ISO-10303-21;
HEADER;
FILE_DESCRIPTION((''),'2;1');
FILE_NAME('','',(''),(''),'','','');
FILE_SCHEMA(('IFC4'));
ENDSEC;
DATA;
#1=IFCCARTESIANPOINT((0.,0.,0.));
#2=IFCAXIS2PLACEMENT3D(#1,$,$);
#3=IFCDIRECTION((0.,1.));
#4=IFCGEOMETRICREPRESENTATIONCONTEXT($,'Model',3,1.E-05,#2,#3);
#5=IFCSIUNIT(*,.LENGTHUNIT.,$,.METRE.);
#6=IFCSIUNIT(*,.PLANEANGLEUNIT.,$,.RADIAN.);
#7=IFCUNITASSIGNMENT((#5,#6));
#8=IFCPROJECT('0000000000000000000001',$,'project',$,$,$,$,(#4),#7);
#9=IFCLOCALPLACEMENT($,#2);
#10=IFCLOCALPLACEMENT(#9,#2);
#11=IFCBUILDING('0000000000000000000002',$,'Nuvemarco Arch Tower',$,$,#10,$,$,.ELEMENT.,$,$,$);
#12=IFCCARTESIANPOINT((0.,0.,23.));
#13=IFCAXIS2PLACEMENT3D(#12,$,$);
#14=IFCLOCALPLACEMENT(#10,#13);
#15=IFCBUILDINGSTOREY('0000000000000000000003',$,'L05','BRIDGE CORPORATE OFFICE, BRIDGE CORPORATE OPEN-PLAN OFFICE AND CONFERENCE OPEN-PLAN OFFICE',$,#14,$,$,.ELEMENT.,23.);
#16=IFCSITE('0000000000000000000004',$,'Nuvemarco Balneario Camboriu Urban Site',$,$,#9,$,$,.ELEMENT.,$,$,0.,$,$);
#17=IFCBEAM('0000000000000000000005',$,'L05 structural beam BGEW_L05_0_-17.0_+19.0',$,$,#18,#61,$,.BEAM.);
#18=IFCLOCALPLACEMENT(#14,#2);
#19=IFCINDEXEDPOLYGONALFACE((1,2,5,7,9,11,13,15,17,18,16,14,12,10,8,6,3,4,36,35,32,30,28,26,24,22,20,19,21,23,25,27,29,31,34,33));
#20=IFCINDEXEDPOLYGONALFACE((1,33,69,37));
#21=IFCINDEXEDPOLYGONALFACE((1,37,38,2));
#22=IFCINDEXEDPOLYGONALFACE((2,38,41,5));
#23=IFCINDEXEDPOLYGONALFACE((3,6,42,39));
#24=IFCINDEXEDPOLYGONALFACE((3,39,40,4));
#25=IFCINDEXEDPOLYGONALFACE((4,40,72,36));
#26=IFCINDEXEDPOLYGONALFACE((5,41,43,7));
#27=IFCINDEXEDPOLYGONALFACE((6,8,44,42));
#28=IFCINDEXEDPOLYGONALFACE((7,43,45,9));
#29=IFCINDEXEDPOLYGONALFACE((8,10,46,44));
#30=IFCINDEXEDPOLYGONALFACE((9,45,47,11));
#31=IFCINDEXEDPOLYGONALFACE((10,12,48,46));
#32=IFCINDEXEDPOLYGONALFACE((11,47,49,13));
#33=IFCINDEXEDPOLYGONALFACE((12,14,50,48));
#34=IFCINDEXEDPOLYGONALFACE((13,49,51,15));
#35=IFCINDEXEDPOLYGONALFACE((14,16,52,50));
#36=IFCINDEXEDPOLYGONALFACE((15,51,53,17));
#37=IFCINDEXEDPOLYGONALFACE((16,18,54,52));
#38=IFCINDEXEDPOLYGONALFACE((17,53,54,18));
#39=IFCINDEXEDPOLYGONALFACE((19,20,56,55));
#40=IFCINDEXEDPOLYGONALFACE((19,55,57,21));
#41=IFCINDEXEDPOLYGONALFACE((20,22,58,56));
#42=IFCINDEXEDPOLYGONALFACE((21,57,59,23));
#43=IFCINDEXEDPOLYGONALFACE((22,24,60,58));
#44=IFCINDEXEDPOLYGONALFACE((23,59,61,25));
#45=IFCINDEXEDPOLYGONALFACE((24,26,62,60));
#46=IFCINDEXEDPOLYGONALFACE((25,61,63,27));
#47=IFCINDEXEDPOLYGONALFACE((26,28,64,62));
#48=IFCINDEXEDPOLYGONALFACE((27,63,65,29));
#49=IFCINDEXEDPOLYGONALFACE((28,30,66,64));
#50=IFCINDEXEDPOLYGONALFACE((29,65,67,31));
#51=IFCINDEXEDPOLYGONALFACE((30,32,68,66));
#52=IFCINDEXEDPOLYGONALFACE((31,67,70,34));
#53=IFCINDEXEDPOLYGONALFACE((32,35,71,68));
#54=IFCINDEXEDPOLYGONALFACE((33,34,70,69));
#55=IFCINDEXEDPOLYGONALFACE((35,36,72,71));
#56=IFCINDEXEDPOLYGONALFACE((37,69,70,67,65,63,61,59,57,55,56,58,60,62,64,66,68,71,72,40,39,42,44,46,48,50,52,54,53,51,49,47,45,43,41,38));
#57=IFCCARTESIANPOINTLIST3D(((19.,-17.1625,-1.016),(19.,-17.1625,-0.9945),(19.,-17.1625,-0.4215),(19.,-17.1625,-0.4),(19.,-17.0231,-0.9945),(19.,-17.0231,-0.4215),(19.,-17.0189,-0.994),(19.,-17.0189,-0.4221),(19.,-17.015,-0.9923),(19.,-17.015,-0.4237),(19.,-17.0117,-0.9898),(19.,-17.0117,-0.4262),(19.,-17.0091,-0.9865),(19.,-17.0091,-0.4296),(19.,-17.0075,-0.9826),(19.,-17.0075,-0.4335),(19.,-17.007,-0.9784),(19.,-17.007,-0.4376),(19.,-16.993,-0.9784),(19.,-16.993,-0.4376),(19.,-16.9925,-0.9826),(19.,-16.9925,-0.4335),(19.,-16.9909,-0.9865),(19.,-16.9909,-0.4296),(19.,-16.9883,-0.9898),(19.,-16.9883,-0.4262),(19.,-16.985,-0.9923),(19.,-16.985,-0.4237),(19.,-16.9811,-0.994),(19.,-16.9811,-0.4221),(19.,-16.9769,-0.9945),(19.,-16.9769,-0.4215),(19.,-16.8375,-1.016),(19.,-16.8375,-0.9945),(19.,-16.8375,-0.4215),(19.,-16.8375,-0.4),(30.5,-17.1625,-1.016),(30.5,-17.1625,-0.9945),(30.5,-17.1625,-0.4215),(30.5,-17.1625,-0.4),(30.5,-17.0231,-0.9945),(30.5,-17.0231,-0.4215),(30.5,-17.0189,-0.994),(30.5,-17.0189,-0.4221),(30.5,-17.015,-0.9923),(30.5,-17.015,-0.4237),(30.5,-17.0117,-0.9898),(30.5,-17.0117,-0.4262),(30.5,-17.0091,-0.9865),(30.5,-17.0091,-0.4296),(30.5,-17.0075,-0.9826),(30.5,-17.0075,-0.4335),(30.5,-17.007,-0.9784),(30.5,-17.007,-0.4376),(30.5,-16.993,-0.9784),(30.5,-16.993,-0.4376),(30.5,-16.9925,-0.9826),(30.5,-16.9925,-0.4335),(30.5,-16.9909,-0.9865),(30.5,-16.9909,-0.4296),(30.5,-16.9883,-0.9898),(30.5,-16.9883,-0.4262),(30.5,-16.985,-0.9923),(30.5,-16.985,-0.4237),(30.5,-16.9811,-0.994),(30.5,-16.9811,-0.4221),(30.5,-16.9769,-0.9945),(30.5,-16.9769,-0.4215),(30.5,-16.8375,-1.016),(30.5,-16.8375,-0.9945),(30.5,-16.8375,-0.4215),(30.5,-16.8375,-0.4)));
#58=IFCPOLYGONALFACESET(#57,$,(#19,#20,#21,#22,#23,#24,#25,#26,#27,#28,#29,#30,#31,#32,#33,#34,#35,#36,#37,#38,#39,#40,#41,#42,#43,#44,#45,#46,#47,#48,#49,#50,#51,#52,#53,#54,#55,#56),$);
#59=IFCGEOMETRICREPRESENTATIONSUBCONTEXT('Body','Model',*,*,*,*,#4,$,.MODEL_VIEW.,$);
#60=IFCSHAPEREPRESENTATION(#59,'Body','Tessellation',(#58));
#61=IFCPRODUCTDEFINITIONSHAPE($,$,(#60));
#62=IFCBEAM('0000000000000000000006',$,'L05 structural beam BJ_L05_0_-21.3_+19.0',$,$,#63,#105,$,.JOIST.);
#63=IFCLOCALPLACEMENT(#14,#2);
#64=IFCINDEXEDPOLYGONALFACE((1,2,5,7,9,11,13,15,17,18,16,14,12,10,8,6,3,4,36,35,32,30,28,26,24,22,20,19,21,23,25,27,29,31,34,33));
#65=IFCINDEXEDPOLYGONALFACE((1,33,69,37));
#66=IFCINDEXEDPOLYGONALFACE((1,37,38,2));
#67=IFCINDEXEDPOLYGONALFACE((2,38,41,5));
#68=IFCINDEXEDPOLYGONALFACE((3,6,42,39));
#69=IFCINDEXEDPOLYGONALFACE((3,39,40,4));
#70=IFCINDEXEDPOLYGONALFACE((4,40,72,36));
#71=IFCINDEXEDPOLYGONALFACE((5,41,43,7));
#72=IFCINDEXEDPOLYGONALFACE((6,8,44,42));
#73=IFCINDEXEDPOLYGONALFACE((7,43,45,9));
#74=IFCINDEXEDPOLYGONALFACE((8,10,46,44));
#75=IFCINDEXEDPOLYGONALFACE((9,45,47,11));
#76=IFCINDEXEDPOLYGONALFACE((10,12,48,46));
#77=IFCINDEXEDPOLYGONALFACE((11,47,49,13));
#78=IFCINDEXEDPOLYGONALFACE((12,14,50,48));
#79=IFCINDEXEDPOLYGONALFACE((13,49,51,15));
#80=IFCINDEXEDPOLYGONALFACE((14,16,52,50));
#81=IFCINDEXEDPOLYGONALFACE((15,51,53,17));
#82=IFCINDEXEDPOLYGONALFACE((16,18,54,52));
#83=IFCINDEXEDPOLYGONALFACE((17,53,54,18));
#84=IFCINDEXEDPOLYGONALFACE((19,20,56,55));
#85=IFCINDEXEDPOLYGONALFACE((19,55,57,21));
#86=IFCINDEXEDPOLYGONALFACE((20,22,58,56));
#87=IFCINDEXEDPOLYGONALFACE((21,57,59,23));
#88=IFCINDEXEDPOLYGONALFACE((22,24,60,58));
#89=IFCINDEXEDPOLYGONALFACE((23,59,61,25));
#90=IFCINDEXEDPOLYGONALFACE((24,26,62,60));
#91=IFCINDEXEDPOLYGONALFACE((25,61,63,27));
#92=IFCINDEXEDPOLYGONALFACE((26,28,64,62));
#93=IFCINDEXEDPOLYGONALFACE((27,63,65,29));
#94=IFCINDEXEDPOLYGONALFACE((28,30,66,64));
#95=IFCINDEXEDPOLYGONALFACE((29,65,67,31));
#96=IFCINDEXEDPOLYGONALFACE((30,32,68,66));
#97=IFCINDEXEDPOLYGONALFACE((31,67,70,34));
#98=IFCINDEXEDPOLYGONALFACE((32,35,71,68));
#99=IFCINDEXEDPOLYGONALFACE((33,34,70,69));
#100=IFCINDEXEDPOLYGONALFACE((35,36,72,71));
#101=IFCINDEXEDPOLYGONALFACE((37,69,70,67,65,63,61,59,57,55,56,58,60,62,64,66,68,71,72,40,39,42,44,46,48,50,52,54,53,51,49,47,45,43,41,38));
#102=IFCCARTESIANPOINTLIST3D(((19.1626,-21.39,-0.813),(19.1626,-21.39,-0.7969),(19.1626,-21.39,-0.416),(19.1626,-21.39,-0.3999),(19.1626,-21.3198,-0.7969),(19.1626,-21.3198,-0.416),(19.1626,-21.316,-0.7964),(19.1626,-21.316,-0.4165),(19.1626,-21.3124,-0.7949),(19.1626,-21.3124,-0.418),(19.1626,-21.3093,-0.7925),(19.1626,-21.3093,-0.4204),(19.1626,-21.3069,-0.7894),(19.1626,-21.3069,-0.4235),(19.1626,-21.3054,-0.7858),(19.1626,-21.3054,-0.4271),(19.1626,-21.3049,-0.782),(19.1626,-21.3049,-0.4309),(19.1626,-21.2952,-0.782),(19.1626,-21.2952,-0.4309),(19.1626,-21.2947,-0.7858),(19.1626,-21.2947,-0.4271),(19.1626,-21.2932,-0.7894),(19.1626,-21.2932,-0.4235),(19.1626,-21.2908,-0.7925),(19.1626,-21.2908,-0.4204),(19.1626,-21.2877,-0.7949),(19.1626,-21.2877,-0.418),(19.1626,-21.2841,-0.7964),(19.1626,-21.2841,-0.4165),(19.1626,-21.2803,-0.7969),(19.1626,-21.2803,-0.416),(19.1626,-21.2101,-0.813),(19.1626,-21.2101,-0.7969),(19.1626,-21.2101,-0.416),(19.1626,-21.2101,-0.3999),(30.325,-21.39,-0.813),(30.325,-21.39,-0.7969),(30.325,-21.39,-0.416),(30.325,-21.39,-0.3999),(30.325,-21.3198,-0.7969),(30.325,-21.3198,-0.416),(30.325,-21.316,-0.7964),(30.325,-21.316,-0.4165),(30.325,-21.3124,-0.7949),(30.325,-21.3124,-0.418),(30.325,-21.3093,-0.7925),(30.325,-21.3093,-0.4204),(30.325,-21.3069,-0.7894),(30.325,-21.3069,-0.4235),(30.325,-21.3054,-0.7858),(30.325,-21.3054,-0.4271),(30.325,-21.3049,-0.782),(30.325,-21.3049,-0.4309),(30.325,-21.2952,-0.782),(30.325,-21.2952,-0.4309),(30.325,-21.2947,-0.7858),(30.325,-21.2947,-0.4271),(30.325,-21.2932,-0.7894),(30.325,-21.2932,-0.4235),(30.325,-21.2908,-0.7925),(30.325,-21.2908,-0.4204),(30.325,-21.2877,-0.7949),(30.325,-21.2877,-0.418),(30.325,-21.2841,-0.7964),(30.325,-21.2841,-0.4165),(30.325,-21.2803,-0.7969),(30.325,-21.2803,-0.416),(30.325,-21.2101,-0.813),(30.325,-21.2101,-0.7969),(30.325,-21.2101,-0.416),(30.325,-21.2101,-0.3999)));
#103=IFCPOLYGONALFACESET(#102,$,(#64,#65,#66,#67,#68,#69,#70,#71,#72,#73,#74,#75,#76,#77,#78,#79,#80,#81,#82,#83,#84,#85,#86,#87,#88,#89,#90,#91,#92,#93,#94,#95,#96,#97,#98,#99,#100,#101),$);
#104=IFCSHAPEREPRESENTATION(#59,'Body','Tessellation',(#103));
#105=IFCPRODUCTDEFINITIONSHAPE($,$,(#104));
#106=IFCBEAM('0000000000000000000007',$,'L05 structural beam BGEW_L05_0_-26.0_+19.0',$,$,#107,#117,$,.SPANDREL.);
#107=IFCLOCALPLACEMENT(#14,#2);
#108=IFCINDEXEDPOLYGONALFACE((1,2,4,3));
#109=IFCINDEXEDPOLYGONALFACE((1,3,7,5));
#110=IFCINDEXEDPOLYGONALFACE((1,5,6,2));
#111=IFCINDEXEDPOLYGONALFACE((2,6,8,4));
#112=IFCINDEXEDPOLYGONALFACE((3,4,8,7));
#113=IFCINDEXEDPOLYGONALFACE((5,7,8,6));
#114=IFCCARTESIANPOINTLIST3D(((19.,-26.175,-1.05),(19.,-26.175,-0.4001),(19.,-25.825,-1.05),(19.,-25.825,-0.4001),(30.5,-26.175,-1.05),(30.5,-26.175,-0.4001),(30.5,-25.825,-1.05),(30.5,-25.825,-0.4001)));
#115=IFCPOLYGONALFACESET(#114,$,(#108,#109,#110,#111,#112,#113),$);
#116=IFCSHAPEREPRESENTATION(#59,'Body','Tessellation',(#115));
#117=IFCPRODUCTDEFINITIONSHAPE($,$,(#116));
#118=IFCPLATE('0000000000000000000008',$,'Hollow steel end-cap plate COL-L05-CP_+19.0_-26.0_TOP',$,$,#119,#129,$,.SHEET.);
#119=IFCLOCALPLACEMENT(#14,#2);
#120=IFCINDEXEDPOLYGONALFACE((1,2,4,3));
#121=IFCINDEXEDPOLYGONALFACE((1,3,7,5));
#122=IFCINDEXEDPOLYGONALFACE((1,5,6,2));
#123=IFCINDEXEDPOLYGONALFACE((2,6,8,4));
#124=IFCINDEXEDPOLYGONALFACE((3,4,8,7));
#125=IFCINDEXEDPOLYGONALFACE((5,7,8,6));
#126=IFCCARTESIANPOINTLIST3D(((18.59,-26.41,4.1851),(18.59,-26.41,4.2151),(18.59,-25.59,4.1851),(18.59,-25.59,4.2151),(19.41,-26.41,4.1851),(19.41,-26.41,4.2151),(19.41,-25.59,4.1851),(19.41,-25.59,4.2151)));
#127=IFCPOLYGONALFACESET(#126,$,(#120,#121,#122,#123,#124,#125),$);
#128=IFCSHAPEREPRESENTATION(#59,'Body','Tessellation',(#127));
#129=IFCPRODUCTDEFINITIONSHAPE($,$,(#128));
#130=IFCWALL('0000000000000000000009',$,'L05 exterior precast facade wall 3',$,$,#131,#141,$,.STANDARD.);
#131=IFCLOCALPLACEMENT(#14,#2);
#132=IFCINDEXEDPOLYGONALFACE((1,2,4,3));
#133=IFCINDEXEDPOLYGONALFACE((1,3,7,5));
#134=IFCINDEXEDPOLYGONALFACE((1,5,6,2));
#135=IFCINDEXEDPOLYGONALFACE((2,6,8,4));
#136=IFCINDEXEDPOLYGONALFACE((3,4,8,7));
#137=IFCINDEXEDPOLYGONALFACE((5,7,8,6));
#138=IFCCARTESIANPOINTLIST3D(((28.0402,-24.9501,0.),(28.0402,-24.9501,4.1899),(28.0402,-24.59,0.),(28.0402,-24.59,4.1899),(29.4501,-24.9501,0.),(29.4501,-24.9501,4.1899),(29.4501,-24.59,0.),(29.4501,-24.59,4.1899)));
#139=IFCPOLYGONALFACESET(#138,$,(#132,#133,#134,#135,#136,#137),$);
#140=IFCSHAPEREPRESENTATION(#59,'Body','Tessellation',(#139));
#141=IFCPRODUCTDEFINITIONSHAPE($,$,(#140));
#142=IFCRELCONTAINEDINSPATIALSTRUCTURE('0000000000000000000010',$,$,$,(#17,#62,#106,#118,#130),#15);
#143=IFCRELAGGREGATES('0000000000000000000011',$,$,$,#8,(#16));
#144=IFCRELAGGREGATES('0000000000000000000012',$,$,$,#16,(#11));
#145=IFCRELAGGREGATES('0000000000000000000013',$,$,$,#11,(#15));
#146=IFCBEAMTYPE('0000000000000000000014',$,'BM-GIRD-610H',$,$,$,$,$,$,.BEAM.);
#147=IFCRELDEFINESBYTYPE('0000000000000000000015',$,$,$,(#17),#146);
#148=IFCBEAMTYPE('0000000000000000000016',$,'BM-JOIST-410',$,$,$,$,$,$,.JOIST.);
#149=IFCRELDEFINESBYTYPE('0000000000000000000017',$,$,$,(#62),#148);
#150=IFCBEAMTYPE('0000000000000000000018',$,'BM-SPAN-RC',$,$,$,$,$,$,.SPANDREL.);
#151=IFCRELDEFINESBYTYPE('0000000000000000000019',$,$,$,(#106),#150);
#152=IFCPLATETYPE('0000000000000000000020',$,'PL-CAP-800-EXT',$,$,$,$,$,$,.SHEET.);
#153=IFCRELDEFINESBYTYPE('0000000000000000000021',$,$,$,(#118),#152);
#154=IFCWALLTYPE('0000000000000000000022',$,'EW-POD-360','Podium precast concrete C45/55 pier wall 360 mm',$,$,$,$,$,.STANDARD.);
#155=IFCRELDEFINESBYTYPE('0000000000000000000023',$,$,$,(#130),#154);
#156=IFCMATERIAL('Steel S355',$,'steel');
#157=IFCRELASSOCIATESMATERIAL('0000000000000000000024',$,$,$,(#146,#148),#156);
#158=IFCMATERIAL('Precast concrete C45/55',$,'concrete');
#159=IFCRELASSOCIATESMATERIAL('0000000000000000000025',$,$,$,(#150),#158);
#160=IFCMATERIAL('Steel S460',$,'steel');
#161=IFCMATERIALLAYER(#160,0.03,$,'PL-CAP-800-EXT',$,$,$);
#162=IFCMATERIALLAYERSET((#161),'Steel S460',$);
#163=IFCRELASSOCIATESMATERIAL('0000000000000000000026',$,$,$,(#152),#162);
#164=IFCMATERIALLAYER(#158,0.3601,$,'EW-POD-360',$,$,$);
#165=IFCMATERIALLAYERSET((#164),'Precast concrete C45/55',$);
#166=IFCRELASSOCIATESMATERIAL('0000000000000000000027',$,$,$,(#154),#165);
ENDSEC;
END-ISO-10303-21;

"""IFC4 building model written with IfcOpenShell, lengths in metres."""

from ifc_helpers import new_model, si_unit, direction, frame, frame_2d, origin, origin_2d, place, context, subcontext, project, spatial, rectangle, i_section, extrude, source, transform, mapped, material, layer, layer_set, material_profile, profile_set, type_object, type_shapes, element, save


model = new_model("IFC4")

# Units and contexts
model_context = context("Model", 3, precision=1e-05, world=origin(), true_north=direction((0.0, 1.0)))
body_context = subcontext(model_context, "Body", "Model", "MODEL_VIEW")
ifc_project = project(units=[si_unit("LENGTHUNIT", "METRE"), si_unit("PLANEANGLEUNIT", "RADIAN")], contexts=[model_context])

# Site, building, storey
site_placement = place(None, origin())
site = spatial("IfcSite", under=ifc_project, at=site_placement, Name="Nuvemarco Balneario Camboriu Urban Site", CompositionType="ELEMENT", RefElevation=0.0)
building_placement = place(site_placement, origin())
building = spatial("IfcBuilding", under=site, at=building_placement, Name="Nuvemarco Arch Tower", CompositionType="ELEMENT")
storey_placement = place(building_placement, frame((0.0, 0.0, 23.0)))
storey = spatial("IfcBuildingStorey", under=building, at=storey_placement, Name="L05", Description="BRIDGE CORPORATE OFFICE, BRIDGE CORPORATE OPEN-PLAN OFFICE AND CONFERENCE OPEN-PLAN OFFICE", CompositionType="ELEMENT", Elevation=23.0)

# Shared definitions
ifc_material_1 = material(Name="Steel S460", Category="steel")

# Beams
ifc_material_2 = material(Name="Steel S355", Category="steel")
ifc_material_profile_1 = material_profile(ifc_material_2, i_section(OverallWidth=0.325, OverallDepth=0.616, WebThickness=0.0139, FlangeThickness=0.0215, FilletRadius=0.0161, at=origin_2d()), Name="W610x174")
ifc_profile_set_1 = profile_set([ifc_material_profile_1], Name="Steel S355")
beam_type_1 = type_object("IfcBeamType", Name="BM-GIRD-610H", PredefinedType="BEAM", material=ifc_profile_set_1)
beam_1_placement = place(storey_placement, frame((19.0, -17.0, -0.708), z_axis=(1.0, 0.0, 0.0), x_axis=(0.0, 1.0, 0.0)))
element("IfcBeam", 1, at=beam_1_placement, inside=storey, type_object=beam_type_1, Name="L05 structural beam BGEW_L05_0_-17.0_+19.0", PredefinedType="BEAM", context=body_context, shape_type="SweptSolid", body=[
    extrude(i_section(OverallWidth=0.325, OverallDepth=0.616, WebThickness=0.0139, FlangeThickness=0.0215, FilletRadius=0.0161, at=origin_2d()), origin(), (0.0, 0.0, 1.0), 11.5),
])
ifc_material_profile_2 = material_profile(ifc_material_2, i_section(OverallWidth=0.1799, OverallDepth=0.4131, WebThickness=0.0098, FlangeThickness=0.0161, FilletRadius=0.0149, at=origin_2d()), Name="W410x75")
ifc_profile_set_2 = profile_set([ifc_material_profile_2], Name="Steel S355")
beam_type_2 = type_object("IfcBeamType", Name="BM-JOIST-410", PredefinedType="JOIST", material=ifc_profile_set_2)
beam_2_placement = place(storey_placement, frame((19.1626, -21.3, -0.6064), z_axis=(1.0, 0.0, 0.0), x_axis=(0.0, 1.0, 0.0)))
element("IfcBeam", 2, at=beam_2_placement, inside=storey, type_object=beam_type_2, Name="L05 structural beam BJ_L05_0_-21.3_+19.0", PredefinedType="JOIST", context=body_context, shape_type="SweptSolid", body=[
    extrude(i_section(OverallWidth=0.1799, OverallDepth=0.4131, WebThickness=0.0098, FlangeThickness=0.0161, FilletRadius=0.0149, at=origin_2d()), origin(), (0.0, 0.0, 1.0), 11.1624),
])
ifc_material_3 = material(Name="Precast concrete C45/55", Category="concrete")
ifc_material_profile_3 = material_profile(ifc_material_3, rectangle(XDim=0.3501, YDim=0.6499, at=origin_2d()), Name="PC-SP-350x650")
ifc_profile_set_3 = profile_set([ifc_material_profile_3], Name="Precast concrete C45/55")
beam_type_3 = type_object("IfcBeamType", Name="BM-SPAN-RC", PredefinedType="SPANDREL", material=ifc_profile_set_3)
beam_3_placement = place(storey_placement, frame((19.0, -26.0, -0.7251), z_axis=(1.0, 0.0, 0.0), x_axis=(0.0, 1.0, 0.0)))
element("IfcBeam", 3, at=beam_3_placement, inside=storey, type_object=beam_type_3, Name="L05 structural beam BGEW_L05_0_-26.0_+19.0", PredefinedType="SPANDREL", context=body_context, shape_type="SweptSolid", body=[
    extrude(rectangle(XDim=0.3501, YDim=0.6499, at=origin_2d()), origin(), (0.0, 0.0, 1.0), 11.5),
])

# Plate
ifc_layer_1 = layer(ifc_material_1, 0.03, Name="PL-CAP-800-EXT")
ifc_layer_set_1 = layer_set([ifc_layer_1], Name="Steel S460")
plate_type = type_object("IfcPlateType", Name="PL-CAP-800-EXT", PredefinedType="SHEET", material=ifc_layer_set_1)
shared_shape_1 = source(origin(), body_context, "Body", "SweptSolid", [
    extrude(rectangle(XDim=0.8201, YDim=0.8201, at=origin_2d()), origin(), (0.0, 0.0, 1.0), 0.03),
])
type_shapes(plate_type, [shared_shape_1])
plate_placement = place(storey_placement, frame((19.0, -26.0, 4.1851), z_axis=(0.0, 0.0, 1.0), x_axis=(1.0, 0.0, 0.0)))
element("IfcPlate", 4, at=plate_placement, inside=storey, type_object=plate_type, Name="Hollow steel end-cap plate COL-L05-CP_+19.0_-26.0_TOP", PredefinedType="SHEET", context=body_context, shape_type="MappedRepresentation", body=[
    mapped(shared_shape_1, transform((0.0, 0.0, 0.0), scale=1.0)),
])

# Wall
ifc_layer_2 = layer(ifc_material_3, 0.3601, Name="EW-POD-360")
ifc_layer_set_2 = layer_set([ifc_layer_2], Name="Precast concrete C45/55")
wall_type_1 = type_object("IfcWallType", Name="EW-POD-360", Description="Podium precast concrete C45/55 pier wall 360 mm", PredefinedType="STANDARD", material=ifc_layer_set_2)
wall_1_placement = place(storey_placement, frame((28.04, -24.77, 0.0), z_axis=(0.0, 0.0, 1.0), x_axis=(1.0, 0.0, 0.0)))
element("IfcWall", 5, at=wall_1_placement, inside=storey, type_object=wall_type_1, Name="L05 exterior precast facade wall 3", PredefinedType="STANDARD", context=body_context, shape_type="SweptSolid", body=[
    extrude(rectangle(XDim=1.4099, YDim=0.3601, at=frame_2d((0.7051, 0.0))), origin(), (0.0, 0.0, 1.0), 4.1899),
])

save(model, "model.ifc")
